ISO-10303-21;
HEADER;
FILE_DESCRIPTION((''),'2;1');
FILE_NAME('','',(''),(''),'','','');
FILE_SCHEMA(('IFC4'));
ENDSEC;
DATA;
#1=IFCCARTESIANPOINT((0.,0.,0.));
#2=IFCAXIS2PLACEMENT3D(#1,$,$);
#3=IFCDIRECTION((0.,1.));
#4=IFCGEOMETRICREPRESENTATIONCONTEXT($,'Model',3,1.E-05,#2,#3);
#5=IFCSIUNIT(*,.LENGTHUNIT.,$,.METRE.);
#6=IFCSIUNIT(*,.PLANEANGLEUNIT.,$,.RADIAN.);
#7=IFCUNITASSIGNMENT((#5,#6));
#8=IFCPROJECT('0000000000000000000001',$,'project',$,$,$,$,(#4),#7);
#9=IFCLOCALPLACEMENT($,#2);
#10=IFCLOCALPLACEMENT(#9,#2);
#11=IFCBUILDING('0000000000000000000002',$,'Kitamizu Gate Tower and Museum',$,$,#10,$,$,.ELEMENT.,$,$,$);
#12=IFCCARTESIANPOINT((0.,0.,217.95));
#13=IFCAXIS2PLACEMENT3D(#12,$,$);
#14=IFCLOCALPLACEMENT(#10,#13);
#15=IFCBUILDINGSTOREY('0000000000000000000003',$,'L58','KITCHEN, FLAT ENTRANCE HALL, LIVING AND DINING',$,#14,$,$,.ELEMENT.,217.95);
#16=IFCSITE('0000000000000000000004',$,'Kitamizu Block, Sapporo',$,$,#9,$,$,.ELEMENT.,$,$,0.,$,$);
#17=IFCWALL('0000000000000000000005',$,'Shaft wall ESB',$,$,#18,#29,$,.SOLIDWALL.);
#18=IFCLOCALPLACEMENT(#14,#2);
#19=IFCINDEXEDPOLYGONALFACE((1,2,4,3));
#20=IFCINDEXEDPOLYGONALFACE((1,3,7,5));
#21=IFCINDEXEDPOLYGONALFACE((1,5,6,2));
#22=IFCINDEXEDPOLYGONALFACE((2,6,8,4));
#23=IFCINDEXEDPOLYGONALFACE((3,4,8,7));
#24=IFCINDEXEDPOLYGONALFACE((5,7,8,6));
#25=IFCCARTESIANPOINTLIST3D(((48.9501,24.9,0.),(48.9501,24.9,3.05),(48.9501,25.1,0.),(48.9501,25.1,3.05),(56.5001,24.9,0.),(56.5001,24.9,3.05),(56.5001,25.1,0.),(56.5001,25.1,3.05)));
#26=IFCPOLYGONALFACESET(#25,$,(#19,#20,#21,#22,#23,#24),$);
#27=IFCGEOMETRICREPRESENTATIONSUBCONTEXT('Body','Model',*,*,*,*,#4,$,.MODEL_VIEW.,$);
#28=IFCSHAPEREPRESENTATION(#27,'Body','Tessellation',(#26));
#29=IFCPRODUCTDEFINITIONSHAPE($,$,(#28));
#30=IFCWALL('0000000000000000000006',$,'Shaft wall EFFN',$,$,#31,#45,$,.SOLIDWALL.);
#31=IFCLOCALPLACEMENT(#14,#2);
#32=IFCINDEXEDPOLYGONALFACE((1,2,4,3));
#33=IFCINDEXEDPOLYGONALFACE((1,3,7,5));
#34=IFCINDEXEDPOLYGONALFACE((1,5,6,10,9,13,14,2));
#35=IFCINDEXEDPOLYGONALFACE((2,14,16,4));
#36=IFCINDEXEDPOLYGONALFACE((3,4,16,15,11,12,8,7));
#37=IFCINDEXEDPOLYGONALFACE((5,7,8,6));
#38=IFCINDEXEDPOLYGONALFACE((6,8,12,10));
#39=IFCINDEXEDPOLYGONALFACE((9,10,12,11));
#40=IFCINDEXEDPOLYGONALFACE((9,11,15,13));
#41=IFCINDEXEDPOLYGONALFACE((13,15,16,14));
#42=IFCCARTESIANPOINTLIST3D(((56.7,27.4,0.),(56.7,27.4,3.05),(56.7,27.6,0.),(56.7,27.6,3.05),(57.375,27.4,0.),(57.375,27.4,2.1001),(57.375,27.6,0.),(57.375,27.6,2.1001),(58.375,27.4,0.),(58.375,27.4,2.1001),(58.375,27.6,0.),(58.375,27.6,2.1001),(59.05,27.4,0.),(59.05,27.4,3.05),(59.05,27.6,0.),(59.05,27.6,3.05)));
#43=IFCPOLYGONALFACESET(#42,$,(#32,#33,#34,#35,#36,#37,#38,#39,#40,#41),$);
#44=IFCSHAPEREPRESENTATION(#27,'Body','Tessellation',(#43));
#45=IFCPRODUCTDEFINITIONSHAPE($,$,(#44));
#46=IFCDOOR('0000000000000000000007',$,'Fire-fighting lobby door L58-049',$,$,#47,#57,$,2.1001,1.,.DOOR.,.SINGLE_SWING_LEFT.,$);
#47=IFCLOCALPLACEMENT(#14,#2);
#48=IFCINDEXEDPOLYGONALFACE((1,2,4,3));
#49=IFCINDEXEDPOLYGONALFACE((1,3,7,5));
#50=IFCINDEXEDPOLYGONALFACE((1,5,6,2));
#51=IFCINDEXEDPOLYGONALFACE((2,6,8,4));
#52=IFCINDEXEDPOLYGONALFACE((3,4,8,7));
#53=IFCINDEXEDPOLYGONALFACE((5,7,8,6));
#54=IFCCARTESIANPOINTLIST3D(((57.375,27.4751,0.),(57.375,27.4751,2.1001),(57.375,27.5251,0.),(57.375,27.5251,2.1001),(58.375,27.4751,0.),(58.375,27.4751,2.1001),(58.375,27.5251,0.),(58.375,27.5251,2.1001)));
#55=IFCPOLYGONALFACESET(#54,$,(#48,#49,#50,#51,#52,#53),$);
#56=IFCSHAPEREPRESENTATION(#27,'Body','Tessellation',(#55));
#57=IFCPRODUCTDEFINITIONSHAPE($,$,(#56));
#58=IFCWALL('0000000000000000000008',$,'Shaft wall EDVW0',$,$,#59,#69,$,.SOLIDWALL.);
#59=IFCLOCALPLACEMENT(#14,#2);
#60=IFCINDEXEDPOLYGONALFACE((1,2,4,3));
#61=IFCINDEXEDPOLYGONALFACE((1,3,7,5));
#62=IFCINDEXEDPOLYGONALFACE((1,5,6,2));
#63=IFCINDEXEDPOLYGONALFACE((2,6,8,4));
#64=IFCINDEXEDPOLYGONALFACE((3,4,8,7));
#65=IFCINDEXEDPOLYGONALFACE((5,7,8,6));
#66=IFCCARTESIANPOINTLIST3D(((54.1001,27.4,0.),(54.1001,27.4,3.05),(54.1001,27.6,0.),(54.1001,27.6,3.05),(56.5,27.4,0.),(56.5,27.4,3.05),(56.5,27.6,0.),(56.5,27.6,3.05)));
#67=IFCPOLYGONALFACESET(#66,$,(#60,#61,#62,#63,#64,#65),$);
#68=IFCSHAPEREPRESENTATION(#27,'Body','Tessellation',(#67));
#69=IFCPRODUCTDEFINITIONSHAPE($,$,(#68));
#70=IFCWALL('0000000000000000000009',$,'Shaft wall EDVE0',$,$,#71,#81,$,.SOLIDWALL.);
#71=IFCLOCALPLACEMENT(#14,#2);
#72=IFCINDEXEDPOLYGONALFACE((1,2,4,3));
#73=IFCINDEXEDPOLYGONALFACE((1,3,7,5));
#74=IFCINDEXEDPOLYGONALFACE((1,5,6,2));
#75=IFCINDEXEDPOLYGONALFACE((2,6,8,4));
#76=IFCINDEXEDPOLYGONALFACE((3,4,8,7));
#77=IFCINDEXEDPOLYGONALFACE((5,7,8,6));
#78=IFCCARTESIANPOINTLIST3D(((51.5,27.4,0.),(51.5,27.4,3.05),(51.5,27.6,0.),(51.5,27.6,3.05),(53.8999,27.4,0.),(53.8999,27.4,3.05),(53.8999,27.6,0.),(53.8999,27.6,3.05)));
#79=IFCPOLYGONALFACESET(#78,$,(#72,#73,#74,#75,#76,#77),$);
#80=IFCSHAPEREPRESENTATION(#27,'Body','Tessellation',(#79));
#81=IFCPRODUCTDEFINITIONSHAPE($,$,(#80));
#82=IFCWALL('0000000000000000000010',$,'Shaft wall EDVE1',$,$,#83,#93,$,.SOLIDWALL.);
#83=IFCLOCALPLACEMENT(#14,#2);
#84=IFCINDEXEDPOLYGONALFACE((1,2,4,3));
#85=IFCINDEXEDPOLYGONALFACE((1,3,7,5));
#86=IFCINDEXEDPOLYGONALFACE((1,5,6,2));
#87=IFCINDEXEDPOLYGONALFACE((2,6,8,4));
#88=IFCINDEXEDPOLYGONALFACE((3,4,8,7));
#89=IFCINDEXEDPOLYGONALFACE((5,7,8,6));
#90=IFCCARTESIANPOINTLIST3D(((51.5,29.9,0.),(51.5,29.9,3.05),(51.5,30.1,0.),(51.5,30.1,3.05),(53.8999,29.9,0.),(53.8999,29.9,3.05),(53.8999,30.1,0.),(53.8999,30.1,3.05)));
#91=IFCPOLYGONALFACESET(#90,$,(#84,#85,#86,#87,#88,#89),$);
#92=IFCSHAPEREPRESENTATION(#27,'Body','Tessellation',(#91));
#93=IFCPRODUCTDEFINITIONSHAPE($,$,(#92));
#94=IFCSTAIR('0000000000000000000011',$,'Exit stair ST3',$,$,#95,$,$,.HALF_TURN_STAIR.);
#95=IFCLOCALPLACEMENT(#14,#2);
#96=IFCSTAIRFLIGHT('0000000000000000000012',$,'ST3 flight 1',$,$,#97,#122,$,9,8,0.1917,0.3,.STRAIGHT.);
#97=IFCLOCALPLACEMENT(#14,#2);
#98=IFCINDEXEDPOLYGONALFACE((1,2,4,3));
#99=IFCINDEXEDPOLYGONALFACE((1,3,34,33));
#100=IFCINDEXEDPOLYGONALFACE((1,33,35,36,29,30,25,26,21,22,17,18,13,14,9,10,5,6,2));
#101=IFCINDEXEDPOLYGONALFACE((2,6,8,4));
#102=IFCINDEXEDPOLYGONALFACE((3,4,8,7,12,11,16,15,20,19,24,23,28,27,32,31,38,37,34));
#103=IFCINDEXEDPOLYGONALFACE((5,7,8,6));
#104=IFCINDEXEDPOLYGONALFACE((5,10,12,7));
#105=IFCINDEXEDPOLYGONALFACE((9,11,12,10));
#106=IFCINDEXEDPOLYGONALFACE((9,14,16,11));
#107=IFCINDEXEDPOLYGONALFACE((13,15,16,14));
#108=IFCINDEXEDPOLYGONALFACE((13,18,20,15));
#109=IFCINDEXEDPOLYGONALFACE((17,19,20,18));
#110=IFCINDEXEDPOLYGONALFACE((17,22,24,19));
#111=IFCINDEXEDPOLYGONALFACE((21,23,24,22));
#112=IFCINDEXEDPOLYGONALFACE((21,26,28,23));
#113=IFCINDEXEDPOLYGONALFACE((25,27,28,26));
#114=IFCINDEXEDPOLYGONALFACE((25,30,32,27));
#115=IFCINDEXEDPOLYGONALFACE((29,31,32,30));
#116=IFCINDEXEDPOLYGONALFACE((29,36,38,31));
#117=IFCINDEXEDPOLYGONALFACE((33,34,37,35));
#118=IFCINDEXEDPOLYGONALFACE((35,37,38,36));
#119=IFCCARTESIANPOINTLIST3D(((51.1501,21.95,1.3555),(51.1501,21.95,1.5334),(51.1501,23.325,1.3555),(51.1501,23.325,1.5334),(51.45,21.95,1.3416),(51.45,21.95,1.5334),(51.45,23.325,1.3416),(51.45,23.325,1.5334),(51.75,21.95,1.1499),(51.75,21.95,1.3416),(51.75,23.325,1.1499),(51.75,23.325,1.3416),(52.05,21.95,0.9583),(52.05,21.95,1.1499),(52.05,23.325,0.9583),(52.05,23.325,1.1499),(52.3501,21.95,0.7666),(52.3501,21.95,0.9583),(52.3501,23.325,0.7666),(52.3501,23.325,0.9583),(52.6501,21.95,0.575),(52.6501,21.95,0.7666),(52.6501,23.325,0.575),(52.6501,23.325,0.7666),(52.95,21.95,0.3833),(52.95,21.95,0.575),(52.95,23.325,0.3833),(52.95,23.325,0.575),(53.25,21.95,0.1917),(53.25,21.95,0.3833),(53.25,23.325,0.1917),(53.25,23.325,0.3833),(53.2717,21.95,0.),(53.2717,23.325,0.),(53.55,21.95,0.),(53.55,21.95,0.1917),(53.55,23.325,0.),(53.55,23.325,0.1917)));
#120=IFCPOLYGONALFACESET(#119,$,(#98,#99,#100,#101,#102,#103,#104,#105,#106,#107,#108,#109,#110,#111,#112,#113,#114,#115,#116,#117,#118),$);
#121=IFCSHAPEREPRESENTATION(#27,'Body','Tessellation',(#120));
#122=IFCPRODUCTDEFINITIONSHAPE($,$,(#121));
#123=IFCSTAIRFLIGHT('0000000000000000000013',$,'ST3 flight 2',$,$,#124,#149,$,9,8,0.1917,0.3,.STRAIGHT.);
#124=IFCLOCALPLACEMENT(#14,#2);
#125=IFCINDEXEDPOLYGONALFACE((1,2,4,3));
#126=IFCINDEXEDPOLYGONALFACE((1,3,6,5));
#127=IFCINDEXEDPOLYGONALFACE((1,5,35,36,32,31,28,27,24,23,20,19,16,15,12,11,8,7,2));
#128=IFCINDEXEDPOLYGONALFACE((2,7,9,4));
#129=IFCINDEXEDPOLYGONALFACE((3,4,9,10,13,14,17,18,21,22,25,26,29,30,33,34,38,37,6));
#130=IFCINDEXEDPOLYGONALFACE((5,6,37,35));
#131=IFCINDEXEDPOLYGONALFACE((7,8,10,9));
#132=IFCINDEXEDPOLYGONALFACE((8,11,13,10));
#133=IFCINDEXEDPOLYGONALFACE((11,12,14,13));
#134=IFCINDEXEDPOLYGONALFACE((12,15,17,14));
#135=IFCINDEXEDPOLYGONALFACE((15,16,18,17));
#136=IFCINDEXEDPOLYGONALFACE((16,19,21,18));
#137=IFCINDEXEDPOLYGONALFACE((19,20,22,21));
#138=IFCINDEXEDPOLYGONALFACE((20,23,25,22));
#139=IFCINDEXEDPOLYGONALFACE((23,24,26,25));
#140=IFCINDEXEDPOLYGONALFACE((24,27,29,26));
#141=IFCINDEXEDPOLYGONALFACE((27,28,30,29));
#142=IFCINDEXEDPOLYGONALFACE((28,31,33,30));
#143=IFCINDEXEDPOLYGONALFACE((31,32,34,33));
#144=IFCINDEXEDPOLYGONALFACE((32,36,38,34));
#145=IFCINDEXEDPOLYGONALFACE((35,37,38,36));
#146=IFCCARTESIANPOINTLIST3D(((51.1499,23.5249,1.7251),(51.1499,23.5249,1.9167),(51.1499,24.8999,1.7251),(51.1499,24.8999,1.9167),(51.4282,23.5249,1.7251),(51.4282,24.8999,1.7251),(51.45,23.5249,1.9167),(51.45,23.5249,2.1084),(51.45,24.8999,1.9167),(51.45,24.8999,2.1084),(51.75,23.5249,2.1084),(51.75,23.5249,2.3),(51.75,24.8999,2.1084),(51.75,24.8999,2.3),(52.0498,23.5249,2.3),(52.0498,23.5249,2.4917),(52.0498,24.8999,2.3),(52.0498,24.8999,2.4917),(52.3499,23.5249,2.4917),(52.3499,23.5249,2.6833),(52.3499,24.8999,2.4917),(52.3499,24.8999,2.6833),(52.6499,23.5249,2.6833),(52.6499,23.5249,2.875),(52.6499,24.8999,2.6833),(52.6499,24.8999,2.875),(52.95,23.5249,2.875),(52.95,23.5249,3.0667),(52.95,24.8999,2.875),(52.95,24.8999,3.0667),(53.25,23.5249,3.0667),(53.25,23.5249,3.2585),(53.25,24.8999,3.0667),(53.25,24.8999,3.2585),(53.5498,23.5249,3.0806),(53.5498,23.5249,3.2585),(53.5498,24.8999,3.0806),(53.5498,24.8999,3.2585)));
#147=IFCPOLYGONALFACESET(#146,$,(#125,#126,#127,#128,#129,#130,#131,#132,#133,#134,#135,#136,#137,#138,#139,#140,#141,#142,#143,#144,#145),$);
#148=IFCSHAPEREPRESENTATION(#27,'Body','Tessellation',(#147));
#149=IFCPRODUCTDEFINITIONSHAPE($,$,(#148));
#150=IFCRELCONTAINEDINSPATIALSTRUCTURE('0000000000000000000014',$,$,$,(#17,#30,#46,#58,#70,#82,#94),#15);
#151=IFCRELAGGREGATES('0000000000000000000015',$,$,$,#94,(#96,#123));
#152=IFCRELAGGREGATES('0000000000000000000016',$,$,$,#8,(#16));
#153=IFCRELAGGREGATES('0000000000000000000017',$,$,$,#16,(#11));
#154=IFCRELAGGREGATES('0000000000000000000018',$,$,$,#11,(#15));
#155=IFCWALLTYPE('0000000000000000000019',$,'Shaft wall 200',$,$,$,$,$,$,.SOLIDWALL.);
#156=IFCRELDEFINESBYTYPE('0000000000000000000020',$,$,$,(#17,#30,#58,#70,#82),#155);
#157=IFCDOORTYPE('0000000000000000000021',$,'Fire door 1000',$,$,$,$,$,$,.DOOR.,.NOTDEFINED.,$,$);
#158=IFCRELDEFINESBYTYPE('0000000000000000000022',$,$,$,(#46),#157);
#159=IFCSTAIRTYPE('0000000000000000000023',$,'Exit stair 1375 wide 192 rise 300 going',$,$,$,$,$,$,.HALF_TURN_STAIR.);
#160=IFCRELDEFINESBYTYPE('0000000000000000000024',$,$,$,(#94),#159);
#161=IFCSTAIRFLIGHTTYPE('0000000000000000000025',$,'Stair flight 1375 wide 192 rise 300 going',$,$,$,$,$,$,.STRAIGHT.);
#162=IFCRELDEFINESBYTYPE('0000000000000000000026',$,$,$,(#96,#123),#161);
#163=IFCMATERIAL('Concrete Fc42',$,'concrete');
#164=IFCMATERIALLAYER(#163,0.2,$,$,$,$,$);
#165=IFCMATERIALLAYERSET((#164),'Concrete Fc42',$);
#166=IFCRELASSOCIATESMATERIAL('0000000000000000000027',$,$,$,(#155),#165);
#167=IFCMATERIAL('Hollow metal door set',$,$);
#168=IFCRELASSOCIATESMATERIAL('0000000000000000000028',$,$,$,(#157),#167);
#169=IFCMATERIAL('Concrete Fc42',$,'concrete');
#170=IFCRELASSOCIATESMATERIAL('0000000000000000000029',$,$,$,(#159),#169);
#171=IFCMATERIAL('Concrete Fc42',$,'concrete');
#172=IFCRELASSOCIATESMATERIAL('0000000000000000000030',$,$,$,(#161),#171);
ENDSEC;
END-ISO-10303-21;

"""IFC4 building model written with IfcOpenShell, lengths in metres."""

from ifc_helpers import new_model, si_unit, direction, frame, frame_2d, origin, place, context, subcontext, project, spatial, polyline, rectangle, outline, extrude, material, layer, layer_set, type_object, element, fill, aggregate, save


model = new_model("IFC4")

# Units and contexts
model_context = context("Model", 3, precision=1e-05, world=origin(), true_north=direction((0.0, 1.0)))
body_context = subcontext(model_context, "Body", "Model", "MODEL_VIEW")
ifc_project = project(units=[si_unit("LENGTHUNIT", "METRE"), si_unit("PLANEANGLEUNIT", "RADIAN")], contexts=[model_context])

# Site, building, storey
site_placement = place(None, origin())
site = spatial("IfcSite", under=ifc_project, at=site_placement, Name="Kitamizu Block, Sapporo", CompositionType="ELEMENT", RefElevation=0.0)
building_placement = place(site_placement, origin())
building = spatial("IfcBuilding", under=site, at=building_placement, Name="Kitamizu Gate Tower and Museum", CompositionType="ELEMENT")
storey_placement = place(building_placement, frame((0.0, 0.0, 217.95)))
storey = spatial("IfcBuildingStorey", under=building, at=storey_placement, Name="L58", Description="KITCHEN, FLAT ENTRANCE HALL, LIVING AND DINING", CompositionType="ELEMENT", Elevation=217.95)

# Shared definitions
ifc_material_1 = material(Name="Concrete Fc42", Category="concrete")
ifc_layer_1 = layer(ifc_material_1, 0.2)
ifc_layer_set_1 = layer_set([ifc_layer_1], Name="Concrete Fc42")
wall_type_1 = type_object("IfcWallType", Name="Shaft wall 200", PredefinedType="SOLIDWALL", material=ifc_layer_set_1)
ifc_material_2 = material(Name="Hollow metal door set")
door_type_1 = type_object("IfcDoorType", Name="Fire door 1000", OperationType="NOTDEFINED", PredefinedType="DOOR", material=ifc_material_2)

# Wall
wall_1_placement = place(storey_placement, frame((56.5, 25.0, 0.0), z_axis=(0.0, 0.0, 1.0), x_axis=(-1.0, 0.0, 0.0)))
element("IfcWall", 1, at=wall_1_placement, inside=storey, type_object=wall_type_1, Name="Shaft wall ESB", PredefinedType="SOLIDWALL", context=body_context, shape_type="SweptSolid", body=[
    extrude(rectangle(XDim=7.55, YDim=0.2, at=frame_2d((3.7749, 0.0))), origin(), (0.0, 0.0, 1.0), 3.05),
])

# Wall, opening, door
wall_2_placement = place(storey_placement, frame((59.05, 27.5, 0.0), z_axis=(0.0, 0.0, 1.0), x_axis=(-1.0, 0.0, 0.0)))
wall_2 = element("IfcWall", 2, at=wall_2_placement, inside=storey, type_object=wall_type_1, Name="Shaft wall EFFN", PredefinedType="SOLIDWALL", context=body_context, shape_type="SweptSolid", body=[
    extrude(rectangle(XDim=2.3501, YDim=0.2, at=frame_2d((1.175, 0.0))), origin(), (0.0, 0.0, 1.0), 3.05),
])
opening_1_placement = place(wall_2_placement, frame((0.675, 0.0, 0.0)))
opening_1 = element("IfcOpeningElement", 3, at=opening_1_placement, cuts=wall_2, PredefinedType="OPENING", context=body_context, shape_type="SweptSolid", body=[
    extrude(rectangle(XDim=1.0, YDim=2.1001, at=frame_2d((0.5, 1.05))), frame((0.0, 0.1099, 0.0), z_axis=(0.0, -1.0, 0.0), x_axis=(1.0, 0.0, 0.0)), (0.0, 0.0, 1.0), 0.22),
])
door_1_placement = place(opening_1_placement, origin())
door_1 = element("IfcDoor", 4, at=door_1_placement, inside=storey, type_object=door_type_1, Name="Fire-fighting lobby door L58-049", OperationType="SINGLE_SWING_LEFT", OverallHeight=2.1001, OverallWidth=1.0, PredefinedType="DOOR", context=body_context, shape_type="SweptSolid", body=[
    extrude(rectangle(XDim=1.0, YDim=2.1001, at=frame_2d((0.5, 1.05))), frame((0.0, 0.0249, 0.0), z_axis=(0.0, -1.0, 0.0), x_axis=(1.0, 0.0, 0.0)), (0.0, 0.0, 1.0), 0.05),
])
fill(opening_1, door_1)

# Walls
for number, where, z_axis, x_axis, name in (
    (5, (56.5, 27.5, 0.0), (0.0, 0.0, 1.0), (-1.0, 0.0, 0.0), "Shaft wall EDVW0"),
    (6, (53.8999, 27.5, 0.0), (0.0, 0.0, 1.0), (-1.0, 0.0, 0.0), "Shaft wall EDVE0"),
    (7, (53.8999, 30.0, 0.0), (0.0, 0.0, 1.0), (-1.0, 0.0, 0.0), "Shaft wall EDVE1"),
):
    element("IfcWall", number, at=place(storey_placement, frame(where, z_axis=z_axis, x_axis=x_axis)), inside=storey, type_object=wall_type_1, Name=name, PredefinedType="SOLIDWALL", context=body_context, shape_type="SweptSolid", body=[
        extrude(rectangle(XDim=2.3999, YDim=0.2, at=frame_2d((1.2, 0.0))), origin(), (0.0, 0.0, 1.0), 3.05),
    ])

# Stair, stair flights
ifc_material_3 = material(Name="Concrete Fc42", Category="concrete")
stair_type = type_object("IfcStairType", Name="Exit stair 1375 wide 192 rise 300 going", PredefinedType="HALF_TURN_STAIR", material=ifc_material_3)
stair_placement = place(storey_placement, origin())
stair = element("IfcStair", 8, at=stair_placement, inside=storey, type_object=stair_type, Name="Exit stair ST3", PredefinedType="HALF_TURN_STAIR")
ifc_material_4 = material(Name="Concrete Fc42", Category="concrete")
stair_flight_type = type_object("IfcStairFlightType", Name="Stair flight 1375 wide 192 rise 300 going", PredefinedType="STRAIGHT", material=ifc_material_4)
stair_flight_1_placement = place(storey_placement, frame((53.55, 22.6375, 0.0), z_axis=(0.0, 0.0, 1.0), x_axis=(-1.0, 0.0, 0.0)))
stair_flight_1 = element("IfcStairFlight", 9, at=stair_flight_1_placement, type_object=stair_flight_type, Name="ST3 flight 1", NumberOfRisers=9, NumberOfTreads=8, PredefinedType="STRAIGHT", RiserHeight=0.1917, TreadLength=0.3, context=body_context, shape_type="SweptSolid", body=[
    extrude(outline(polyline([(0.0, 0.0), (0.0, 0.1917), (0.3, 0.1917), (0.3, 0.3833), (0.6001, 0.3833), (0.6001, 0.575), (0.8999, 0.575), (0.8999, 0.7666), (1.2, 0.7666), (1.2, 0.9583), (1.5, 0.9583), (1.5, 1.1499), (1.8, 1.1499), (1.8, 1.3416), (2.1001, 1.3416), (2.1001, 1.5334), (2.3999, 1.5334), (2.3999, 1.7251), (2.3999, 1.3555), (0.2783, 0.0), (0.0, 0.0)])), frame((0.0, 0.6875, 0.0), z_axis=(0.0, -1.0, 0.0), x_axis=(1.0, 0.0, 0.0)), (0.0, 0.0, 1.0), 1.375),
])
stair_flight_2_placement = place(storey_placement, frame((51.1499, 24.2124, 1.7251), z_axis=(0.0, 0.0, 1.0), x_axis=(1.0, 0.0, 0.0)))
stair_flight_2 = element("IfcStairFlight", 10, at=stair_flight_2_placement, type_object=stair_flight_type, Name="ST3 flight 2", NumberOfRisers=9, NumberOfTreads=8, PredefinedType="STRAIGHT", RiserHeight=0.1917, TreadLength=0.3, context=body_context, shape_type="SweptSolid", body=[
    extrude(outline(polyline([(0.0, 0.0), (0.0, 0.1917), (0.3, 0.1917), (0.3, 0.3833), (0.6001, 0.3833), (0.6001, 0.575), (0.8999, 0.575), (0.8999, 0.7666), (1.2, 0.7666), (1.2, 0.9583), (1.5, 0.9583), (1.5, 1.1499), (1.8, 1.1499), (1.8, 1.3416), (2.1001, 1.3416), (2.1001, 1.5334), (2.3999, 1.5334), (2.3999, 1.7251), (2.3999, 1.3555), (0.2783, 0.0), (0.0, 0.0)])), frame((0.0, 0.6875, 0.0), z_axis=(0.0, -1.0, 0.0), x_axis=(1.0, 0.0, 0.0)), (0.0, 0.0, 1.0), 1.375),
])
aggregate(stair, [stair_flight_1, stair_flight_2])

save(model, "model.ifc")
